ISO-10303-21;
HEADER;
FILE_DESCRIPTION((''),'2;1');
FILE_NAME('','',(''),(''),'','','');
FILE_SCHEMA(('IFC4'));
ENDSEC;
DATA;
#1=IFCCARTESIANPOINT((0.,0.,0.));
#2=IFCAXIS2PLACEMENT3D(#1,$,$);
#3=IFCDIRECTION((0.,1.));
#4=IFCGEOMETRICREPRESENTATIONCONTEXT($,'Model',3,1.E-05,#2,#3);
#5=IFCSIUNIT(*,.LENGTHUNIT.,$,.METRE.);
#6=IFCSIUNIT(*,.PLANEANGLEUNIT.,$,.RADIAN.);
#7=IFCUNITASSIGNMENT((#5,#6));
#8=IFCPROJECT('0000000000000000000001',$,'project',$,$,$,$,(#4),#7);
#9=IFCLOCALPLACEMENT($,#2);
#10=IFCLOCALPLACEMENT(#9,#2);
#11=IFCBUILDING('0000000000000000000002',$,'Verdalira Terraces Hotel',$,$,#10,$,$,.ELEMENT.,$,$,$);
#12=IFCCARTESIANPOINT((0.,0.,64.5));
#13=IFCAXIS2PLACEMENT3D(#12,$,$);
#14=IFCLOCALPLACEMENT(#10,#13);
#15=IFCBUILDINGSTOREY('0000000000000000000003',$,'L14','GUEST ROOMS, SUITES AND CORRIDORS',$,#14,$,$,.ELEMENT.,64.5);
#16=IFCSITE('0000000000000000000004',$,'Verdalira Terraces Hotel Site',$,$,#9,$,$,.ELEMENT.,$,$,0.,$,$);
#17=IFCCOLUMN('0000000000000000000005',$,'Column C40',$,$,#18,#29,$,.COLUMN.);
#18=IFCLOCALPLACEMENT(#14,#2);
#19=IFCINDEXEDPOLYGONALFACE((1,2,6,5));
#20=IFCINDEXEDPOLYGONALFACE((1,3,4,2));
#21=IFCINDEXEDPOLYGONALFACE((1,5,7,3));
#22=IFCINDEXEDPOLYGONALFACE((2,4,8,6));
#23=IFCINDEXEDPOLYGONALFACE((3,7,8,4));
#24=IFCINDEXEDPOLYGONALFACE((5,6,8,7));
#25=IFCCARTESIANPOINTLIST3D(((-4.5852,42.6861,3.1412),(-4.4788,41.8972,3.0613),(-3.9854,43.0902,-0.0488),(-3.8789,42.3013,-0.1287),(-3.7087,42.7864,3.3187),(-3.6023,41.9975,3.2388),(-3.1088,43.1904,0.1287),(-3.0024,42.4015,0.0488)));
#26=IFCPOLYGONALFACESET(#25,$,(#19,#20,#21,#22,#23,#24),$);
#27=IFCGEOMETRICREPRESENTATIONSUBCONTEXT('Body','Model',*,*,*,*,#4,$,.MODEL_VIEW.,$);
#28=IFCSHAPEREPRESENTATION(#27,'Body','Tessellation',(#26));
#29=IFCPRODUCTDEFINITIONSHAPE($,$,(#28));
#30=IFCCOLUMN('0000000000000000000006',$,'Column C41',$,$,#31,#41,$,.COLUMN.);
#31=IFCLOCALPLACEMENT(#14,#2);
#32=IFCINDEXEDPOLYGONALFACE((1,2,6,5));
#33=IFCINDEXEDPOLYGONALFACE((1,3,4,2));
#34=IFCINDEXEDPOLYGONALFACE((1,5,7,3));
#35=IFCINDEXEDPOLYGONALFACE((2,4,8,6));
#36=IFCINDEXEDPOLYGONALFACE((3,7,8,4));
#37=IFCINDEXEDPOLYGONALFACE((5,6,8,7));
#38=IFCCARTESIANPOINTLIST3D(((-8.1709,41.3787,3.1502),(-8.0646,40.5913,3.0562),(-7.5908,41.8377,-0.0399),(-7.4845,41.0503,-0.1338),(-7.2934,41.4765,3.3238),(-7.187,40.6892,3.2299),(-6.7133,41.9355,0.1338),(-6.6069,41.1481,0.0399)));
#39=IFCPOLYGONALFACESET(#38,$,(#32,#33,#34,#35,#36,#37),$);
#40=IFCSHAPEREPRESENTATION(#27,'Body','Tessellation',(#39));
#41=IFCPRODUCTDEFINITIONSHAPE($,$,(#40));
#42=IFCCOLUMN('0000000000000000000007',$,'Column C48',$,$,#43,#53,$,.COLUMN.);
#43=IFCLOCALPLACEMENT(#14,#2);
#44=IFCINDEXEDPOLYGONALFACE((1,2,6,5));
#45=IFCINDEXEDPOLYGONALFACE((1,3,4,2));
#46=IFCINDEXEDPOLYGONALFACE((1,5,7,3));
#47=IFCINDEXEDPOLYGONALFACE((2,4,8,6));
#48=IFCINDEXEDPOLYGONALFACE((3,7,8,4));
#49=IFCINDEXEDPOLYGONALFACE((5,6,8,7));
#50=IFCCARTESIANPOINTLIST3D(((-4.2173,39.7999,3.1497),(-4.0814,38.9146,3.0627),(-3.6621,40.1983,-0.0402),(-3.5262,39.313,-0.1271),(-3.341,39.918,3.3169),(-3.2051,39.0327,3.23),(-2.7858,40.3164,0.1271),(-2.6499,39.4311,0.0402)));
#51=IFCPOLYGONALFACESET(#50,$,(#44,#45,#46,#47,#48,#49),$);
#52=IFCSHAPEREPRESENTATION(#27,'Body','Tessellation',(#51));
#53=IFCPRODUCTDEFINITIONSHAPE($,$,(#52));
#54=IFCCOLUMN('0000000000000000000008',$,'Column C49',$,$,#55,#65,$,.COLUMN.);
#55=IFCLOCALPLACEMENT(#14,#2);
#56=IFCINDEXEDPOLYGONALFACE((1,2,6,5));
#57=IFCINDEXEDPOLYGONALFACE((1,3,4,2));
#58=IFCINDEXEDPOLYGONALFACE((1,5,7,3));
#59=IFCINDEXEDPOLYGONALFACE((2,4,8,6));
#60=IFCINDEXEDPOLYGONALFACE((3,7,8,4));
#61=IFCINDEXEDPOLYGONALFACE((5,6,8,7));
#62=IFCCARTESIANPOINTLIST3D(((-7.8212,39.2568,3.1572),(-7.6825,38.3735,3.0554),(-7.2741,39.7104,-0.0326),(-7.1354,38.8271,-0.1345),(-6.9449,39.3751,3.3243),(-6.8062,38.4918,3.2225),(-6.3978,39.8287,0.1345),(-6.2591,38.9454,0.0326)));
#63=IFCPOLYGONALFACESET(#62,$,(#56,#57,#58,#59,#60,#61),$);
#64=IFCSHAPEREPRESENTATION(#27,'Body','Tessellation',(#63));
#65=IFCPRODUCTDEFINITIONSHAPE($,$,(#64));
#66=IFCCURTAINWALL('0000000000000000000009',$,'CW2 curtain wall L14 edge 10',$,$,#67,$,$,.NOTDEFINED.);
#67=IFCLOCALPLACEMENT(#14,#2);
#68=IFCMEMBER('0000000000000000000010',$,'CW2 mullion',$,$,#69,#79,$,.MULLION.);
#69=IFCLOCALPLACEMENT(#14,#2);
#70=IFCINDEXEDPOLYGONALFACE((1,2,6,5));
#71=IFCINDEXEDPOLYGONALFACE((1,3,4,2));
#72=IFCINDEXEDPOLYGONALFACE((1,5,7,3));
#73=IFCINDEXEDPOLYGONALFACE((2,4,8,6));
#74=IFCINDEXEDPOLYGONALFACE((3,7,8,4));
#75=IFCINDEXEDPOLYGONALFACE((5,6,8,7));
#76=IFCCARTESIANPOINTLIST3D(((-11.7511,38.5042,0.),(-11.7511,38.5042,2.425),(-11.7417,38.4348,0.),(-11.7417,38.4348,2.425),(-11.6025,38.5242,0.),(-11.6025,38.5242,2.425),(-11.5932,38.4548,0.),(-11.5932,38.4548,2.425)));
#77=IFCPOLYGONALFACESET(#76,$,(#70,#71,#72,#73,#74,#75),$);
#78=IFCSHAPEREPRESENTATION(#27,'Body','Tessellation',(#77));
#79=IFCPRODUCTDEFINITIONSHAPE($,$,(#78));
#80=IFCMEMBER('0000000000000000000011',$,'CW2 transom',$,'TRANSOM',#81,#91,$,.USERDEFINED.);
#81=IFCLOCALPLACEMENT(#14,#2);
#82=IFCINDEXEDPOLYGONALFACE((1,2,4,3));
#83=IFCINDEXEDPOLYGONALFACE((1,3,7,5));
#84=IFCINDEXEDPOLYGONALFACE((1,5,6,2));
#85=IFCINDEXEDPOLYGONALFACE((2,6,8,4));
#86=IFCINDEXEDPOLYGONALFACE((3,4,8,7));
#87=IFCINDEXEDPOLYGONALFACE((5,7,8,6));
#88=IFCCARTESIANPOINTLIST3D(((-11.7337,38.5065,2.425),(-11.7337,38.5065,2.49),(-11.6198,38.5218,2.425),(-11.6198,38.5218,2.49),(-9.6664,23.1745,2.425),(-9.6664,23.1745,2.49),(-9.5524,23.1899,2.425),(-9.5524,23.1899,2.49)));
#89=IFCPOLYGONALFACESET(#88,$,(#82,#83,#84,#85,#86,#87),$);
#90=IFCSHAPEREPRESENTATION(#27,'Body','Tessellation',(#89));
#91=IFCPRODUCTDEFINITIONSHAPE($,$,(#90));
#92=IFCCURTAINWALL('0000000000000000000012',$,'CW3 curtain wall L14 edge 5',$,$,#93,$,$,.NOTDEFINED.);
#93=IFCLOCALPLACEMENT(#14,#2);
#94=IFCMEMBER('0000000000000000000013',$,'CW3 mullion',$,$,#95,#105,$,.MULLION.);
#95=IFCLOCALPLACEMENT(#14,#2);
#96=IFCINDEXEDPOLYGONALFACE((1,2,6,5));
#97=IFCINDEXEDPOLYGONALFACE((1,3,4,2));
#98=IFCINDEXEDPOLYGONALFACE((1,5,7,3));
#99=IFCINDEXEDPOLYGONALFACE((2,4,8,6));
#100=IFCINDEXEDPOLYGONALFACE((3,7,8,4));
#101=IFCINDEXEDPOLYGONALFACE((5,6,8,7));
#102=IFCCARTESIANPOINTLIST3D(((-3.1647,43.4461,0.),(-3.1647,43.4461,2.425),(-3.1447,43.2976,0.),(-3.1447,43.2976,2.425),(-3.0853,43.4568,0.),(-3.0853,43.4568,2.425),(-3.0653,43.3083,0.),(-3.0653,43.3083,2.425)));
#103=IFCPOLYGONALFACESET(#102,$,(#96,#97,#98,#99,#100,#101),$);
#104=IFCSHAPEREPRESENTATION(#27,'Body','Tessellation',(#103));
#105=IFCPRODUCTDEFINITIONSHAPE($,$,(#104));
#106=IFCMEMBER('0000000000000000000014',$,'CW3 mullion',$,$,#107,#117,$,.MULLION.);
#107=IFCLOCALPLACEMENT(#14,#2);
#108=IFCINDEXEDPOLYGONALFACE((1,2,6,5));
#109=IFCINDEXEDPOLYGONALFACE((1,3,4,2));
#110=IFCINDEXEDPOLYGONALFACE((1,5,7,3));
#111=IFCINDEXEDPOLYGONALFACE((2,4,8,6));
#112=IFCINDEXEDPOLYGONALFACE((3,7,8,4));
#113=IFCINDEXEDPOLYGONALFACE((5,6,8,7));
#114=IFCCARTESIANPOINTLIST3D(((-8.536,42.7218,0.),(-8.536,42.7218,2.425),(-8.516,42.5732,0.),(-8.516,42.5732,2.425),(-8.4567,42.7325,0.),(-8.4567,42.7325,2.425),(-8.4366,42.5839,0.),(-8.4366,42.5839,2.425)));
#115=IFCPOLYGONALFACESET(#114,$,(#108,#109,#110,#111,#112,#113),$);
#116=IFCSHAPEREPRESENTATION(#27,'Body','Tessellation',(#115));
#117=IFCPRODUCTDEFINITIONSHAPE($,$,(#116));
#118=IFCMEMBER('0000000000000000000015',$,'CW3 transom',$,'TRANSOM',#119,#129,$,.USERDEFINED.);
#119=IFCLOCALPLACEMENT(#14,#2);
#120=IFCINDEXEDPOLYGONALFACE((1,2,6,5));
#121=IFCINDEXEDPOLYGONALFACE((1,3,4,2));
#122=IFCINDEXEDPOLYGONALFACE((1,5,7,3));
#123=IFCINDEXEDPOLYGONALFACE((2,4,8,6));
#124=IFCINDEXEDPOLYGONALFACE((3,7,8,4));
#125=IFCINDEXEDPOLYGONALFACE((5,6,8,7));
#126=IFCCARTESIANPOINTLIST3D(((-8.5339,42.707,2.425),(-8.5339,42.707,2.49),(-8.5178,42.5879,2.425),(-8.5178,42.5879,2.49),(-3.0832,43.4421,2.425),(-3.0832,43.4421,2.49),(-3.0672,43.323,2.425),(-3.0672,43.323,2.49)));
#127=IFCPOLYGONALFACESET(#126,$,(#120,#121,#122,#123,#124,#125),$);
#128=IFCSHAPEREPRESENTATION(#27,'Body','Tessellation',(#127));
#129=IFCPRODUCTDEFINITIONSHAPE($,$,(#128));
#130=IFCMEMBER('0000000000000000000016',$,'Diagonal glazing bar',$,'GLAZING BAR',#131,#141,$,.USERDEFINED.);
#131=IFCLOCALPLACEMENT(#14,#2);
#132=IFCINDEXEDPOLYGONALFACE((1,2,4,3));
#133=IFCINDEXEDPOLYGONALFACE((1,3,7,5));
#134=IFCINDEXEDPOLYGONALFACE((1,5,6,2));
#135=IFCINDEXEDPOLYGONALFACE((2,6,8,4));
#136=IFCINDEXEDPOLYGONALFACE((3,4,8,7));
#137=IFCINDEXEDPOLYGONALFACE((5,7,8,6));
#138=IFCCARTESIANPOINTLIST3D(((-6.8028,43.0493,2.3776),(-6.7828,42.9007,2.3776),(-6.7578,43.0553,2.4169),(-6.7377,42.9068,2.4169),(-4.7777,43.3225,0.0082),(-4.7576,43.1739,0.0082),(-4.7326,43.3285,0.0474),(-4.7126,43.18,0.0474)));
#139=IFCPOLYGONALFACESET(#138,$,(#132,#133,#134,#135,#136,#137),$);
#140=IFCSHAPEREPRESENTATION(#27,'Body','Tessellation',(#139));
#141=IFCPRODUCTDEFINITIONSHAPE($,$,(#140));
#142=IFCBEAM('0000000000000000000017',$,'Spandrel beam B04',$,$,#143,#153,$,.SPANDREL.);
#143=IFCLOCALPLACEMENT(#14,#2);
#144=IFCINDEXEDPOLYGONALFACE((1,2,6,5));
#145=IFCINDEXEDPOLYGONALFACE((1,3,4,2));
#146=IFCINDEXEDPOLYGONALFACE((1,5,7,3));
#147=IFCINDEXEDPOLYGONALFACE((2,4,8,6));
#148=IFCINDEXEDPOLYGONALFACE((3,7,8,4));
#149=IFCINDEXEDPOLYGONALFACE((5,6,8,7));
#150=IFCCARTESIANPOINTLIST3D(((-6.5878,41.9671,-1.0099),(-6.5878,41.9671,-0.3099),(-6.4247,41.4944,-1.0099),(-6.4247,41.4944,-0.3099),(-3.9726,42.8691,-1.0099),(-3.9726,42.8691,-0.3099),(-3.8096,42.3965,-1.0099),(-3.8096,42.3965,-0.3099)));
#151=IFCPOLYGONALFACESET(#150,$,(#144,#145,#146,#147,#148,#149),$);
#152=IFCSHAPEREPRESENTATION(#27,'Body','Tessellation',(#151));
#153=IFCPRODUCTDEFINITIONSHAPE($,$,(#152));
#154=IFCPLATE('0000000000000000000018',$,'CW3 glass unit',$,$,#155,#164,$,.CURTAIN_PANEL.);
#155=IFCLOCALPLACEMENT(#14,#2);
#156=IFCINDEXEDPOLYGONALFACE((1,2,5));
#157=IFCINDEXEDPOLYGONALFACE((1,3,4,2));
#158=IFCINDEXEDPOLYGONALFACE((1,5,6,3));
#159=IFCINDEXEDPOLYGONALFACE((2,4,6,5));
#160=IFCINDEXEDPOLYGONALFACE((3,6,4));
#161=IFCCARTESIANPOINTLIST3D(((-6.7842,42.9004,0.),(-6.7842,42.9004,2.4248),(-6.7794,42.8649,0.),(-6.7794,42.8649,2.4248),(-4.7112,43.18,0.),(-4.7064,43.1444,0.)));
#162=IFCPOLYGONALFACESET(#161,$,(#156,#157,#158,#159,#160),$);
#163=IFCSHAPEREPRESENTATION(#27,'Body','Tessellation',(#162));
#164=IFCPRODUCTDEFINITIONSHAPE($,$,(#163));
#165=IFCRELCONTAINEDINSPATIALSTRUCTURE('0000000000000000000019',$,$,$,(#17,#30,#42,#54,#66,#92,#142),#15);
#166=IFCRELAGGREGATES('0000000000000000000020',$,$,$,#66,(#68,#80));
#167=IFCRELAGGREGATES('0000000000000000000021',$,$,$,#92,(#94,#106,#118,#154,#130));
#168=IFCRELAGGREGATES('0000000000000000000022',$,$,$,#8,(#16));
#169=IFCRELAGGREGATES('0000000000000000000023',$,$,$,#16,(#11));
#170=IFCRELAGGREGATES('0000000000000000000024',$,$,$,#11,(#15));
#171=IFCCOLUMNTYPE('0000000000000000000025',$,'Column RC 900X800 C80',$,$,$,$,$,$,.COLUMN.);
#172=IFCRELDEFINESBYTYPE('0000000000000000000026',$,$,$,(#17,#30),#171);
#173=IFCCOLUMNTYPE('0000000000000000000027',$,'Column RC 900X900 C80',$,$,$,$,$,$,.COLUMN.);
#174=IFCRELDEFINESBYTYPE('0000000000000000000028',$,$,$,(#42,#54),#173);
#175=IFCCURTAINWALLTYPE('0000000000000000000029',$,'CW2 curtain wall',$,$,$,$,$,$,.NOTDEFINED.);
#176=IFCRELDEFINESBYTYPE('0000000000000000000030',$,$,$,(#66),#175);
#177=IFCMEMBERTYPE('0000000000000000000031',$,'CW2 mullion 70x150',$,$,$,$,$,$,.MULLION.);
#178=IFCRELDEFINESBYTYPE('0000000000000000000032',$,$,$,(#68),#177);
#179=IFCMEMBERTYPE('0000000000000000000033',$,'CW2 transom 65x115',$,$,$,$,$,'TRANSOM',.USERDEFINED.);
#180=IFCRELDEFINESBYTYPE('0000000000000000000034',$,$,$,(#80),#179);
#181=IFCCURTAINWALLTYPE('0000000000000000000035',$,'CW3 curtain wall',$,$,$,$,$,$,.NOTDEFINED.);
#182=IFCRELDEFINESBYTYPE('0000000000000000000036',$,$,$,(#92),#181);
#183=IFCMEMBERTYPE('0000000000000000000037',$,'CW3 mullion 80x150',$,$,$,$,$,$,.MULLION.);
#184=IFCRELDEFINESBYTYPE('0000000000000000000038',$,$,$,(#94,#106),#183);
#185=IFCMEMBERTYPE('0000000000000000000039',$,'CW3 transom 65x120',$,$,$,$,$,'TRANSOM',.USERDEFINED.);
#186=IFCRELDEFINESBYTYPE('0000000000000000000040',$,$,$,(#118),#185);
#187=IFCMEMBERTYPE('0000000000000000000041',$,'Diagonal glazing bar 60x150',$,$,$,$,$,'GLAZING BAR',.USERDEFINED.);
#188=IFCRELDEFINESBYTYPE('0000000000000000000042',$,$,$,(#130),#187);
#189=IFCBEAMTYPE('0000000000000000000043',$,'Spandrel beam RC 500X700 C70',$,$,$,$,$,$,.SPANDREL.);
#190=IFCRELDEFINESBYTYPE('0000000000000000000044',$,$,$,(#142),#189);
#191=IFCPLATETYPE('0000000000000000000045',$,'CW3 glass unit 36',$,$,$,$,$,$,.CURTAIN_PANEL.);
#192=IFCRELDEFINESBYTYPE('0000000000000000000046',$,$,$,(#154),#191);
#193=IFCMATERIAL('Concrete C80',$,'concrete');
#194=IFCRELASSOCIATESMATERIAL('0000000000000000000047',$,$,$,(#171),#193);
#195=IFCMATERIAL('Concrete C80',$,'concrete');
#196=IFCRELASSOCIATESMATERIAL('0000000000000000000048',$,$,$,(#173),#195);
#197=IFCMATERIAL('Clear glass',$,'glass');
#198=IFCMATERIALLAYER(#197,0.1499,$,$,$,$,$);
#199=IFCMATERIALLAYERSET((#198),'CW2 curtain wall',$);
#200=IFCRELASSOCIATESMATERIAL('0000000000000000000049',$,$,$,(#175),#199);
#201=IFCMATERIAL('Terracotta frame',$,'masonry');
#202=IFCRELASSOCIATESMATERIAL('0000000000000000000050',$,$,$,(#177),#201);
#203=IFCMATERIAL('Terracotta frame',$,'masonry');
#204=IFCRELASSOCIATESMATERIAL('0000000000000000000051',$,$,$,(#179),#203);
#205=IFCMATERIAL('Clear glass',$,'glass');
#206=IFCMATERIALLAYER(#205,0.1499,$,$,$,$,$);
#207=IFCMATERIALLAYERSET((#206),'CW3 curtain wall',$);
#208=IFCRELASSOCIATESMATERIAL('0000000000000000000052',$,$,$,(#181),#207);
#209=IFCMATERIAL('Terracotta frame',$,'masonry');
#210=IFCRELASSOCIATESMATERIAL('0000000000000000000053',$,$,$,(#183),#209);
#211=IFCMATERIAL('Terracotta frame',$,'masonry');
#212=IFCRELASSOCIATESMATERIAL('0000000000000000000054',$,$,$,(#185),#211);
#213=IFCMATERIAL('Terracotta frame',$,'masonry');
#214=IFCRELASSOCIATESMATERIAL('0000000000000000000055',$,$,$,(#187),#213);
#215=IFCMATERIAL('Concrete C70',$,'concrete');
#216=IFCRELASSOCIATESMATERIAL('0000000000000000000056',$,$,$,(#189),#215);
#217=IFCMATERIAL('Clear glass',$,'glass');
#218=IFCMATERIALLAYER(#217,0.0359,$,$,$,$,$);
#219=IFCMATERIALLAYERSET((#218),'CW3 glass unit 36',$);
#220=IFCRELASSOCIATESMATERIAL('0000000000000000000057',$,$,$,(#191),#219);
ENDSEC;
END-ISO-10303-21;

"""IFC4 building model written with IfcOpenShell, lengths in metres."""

from ifc_helpers import new_model, si_unit, direction, frame, origin, origin_2d, place, context, subcontext, project, spatial, polyline, rectangle, outline, extrude, material, layer, layer_set, material_profile, profile_set, type_object, element, aggregate, save


model = new_model("IFC4")

# Units and contexts
model_context = context("Model", 3, precision=1e-05, world=origin(), true_north=direction((0.0, 1.0)))
body_context = subcontext(model_context, "Body", "Model", "MODEL_VIEW")
ifc_project = project(units=[si_unit("LENGTHUNIT", "METRE"), si_unit("PLANEANGLEUNIT", "RADIAN")], contexts=[model_context])

# Site, building, storey
site_placement = place(None, origin())
site = spatial("IfcSite", under=ifc_project, at=site_placement, Name="Verdalira Terraces Hotel Site", CompositionType="ELEMENT", RefElevation=0.0)
building_placement = place(site_placement, origin())
building = spatial("IfcBuilding", under=site, at=building_placement, Name="Verdalira Terraces Hotel", CompositionType="ELEMENT")
storey_placement = place(building_placement, frame((0.0, 0.0, 64.5)))
storey = spatial("IfcBuildingStorey", under=building, at=storey_placement, Name="L14", Description="GUEST ROOMS, SUITES AND CORRIDORS", CompositionType="ELEMENT", Elevation=64.5)

# Columns
ifc_material_1 = material(Name="Concrete C80", Category="concrete")
ifc_material_profile_1 = material_profile(ifc_material_1, rectangle(XDim=0.8999, YDim=0.8, at=origin_2d()), Name="RC 900X800")
ifc_profile_set_1 = profile_set([ifc_material_profile_1], Name="Concrete C80")
column_type_1 = type_object("IfcColumnType", Name="Column RC 900X800 C80", PredefinedType="COLUMN", material=ifc_profile_set_1)
column_1_placement = place(storey_placement, frame((-3.4939, 42.7458, 0.0), z_axis=(-0.183391, -0.123529, 0.975248), x_axis=(-0.974001, -0.11139, -0.197266)))
element("IfcColumn", 1, at=column_1_placement, inside=storey, type_object=column_type_1, Name="Column C40", PredefinedType="COLUMN", context=body_context, shape_type="SweptSolid", body=[
    extrude(rectangle(XDim=0.8999, YDim=0.8, at=origin_2d()), origin(), (0.0, 0.0, 1.0), 3.271),
])
column_2_placement = place(storey_placement, frame((-7.0989, 41.4929, 0.0), z_axis=(-0.177146, -0.140166, 0.974152), x_axis=(-0.975166, -0.108694, -0.192969)))
element("IfcColumn", 2, at=column_2_placement, inside=storey, type_object=column_type_1, Name="Column C41", PredefinedType="COLUMN", context=body_context, shape_type="SweptSolid", body=[
    extrude(rectangle(XDim=0.8999, YDim=0.8, at=origin_2d()), origin(), (0.0, 0.0, 1.0), 3.2747),
])
ifc_material_2 = material(Name="Concrete C80", Category="concrete")
ifc_material_profile_2 = material_profile(ifc_material_2, rectangle(XDim=0.8999, YDim=0.8999, at=origin_2d()), Name="RC 900X900")
ifc_profile_set_2 = profile_set([ifc_material_profile_2], Name="Concrete C80")
column_type_2 = type_object("IfcColumnType", Name="Column RC 900X900 C80", PredefinedType="COLUMN", material=ifc_profile_set_2)
column_3_placement = place(storey_placement, frame((-3.156, 39.8147, 0.0), z_axis=(-0.170178, -0.122133, 0.977815), x_axis=(-0.151004, 0.983802, 0.0966)))
element("IfcColumn", 3, at=column_3_placement, inside=storey, type_object=column_type_2, Name="Column C48", PredefinedType="COLUMN", context=body_context, shape_type="SweptSolid", body=[
    extrude(rectangle(XDim=0.8999, YDim=0.8999, at=origin_2d()), origin(), (0.0, 0.0, 1.0), 3.2622),
])
column_4_placement = place(storey_placement, frame((-6.7666, 39.3279, 0.0), z_axis=(-0.167409, -0.138798, 0.976068), x_axis=(-0.154103, 0.981555, 0.113147)))
element("IfcColumn", 4, at=column_4_placement, inside=storey, type_object=column_type_2, Name="Column C49", PredefinedType="COLUMN", context=body_context, shape_type="SweptSolid", body=[
    extrude(rectangle(XDim=0.8999, YDim=0.8999, at=origin_2d()), origin(), (0.0, 0.0, 1.0), 3.2681),
])

# Curtain walls, members
ifc_material_3 = material(Name="Clear glass", Category="glass")
ifc_layer_1 = layer(ifc_material_3, 0.1499)
ifc_layer_set_1 = layer_set([ifc_layer_1], Name="CW2 curtain wall")
curtain_wall_type_1 = type_object("IfcCurtainWallType", Name="CW2 curtain wall", PredefinedType="NOTDEFINED", material=ifc_layer_set_1)
curtain_wall_1_placement = place(storey_placement, origin())
curtain_wall_1 = element("IfcCurtainWall", 5, at=curtain_wall_1_placement, inside=storey, type_object=curtain_wall_type_1, Name="CW2 curtain wall L14 edge 10", PredefinedType="NOTDEFINED")
ifc_material_4 = material(Name="Terracotta frame", Category="masonry")
ifc_material_profile_3 = material_profile(ifc_material_4, rectangle(XDim=0.0701, YDim=0.1499, at=origin_2d()), Name="MU 70x150")
ifc_profile_set_3 = profile_set([ifc_material_profile_3], Name="Terracotta frame")
member_type_1 = type_object("IfcMemberType", Name="CW2 mullion 70x150", PredefinedType="MULLION", material=ifc_profile_set_3)
member_1_placement = place(storey_placement, frame((-11.6721, 38.4795, 0.0), z_axis=(0.0, 0.0, 1.0), x_axis=(0.13364, -0.99103, 0.0)))
member_1 = element("IfcMember", 6, at=member_1_placement, type_object=member_type_1, Name="CW2 mullion", PredefinedType="MULLION", context=body_context, shape_type="SweptSolid", body=[
    extrude(rectangle(XDim=0.0701, YDim=0.1499, at=origin_2d()), origin(), (0.0, 0.0, 1.0), 2.425),
])
ifc_material_5 = material(Name="Terracotta frame", Category="masonry")
ifc_material_profile_4 = material_profile(ifc_material_5, rectangle(XDim=0.115, YDim=0.0649, at=origin_2d()), Name="TR 65x115")
ifc_profile_set_4 = profile_set([ifc_material_profile_4], Name="Terracotta frame")
member_type_2 = type_object("IfcMemberType", Name="CW2 transom 65x115", ElementType="TRANSOM", PredefinedType="USERDEFINED", material=ifc_profile_set_4)
member_2_placement = place(storey_placement, frame((-11.6768, 38.5142, 2.4575), z_axis=(0.133631, -0.991031, 0.0), x_axis=(0.991031, 0.133631, 0.0)))
member_2 = element("IfcMember", 7, at=member_2_placement, type_object=member_type_2, Name="CW2 transom", ObjectType="TRANSOM", PredefinedType="USERDEFINED", context=body_context, shape_type="SweptSolid", body=[
    extrude(rectangle(XDim=0.115, YDim=0.0649, at=origin_2d()), origin(), (0.0, 0.0, 1.0), 15.4707),
])
aggregate(curtain_wall_1, [member_1, member_2])
ifc_material_6 = material(Name="Clear glass", Category="glass")
ifc_layer_2 = layer(ifc_material_6, 0.1499)
ifc_layer_set_2 = layer_set([ifc_layer_2], Name="CW3 curtain wall")
curtain_wall_type_2 = type_object("IfcCurtainWallType", Name="CW3 curtain wall", PredefinedType="NOTDEFINED", material=ifc_layer_set_2)
curtain_wall_2_placement = place(storey_placement, origin())
curtain_wall_2 = element("IfcCurtainWall", 8, at=curtain_wall_2_placement, inside=storey, type_object=curtain_wall_type_2, Name="CW3 curtain wall L14 edge 5", PredefinedType="NOTDEFINED")
ifc_material_7 = material(Name="Terracotta frame", Category="masonry")
ifc_material_profile_5 = material_profile(ifc_material_7, rectangle(XDim=0.0801, YDim=0.1499, at=origin_2d()), Name="MU 80x150")
ifc_profile_set_5 = profile_set([ifc_material_profile_5], Name="Terracotta frame")
member_type_3 = type_object("IfcMemberType", Name="CW3 mullion 80x150", PredefinedType="MULLION", material=ifc_profile_set_5)
member_3_placement = place(storey_placement, frame((-3.115, 43.3772, 0.0), z_axis=(0.0, 0.0, 1.0), x_axis=(-0.99103, -0.13364, 0.0)))
member_3 = element("IfcMember", 9, at=member_3_placement, type_object=member_type_3, Name="CW3 mullion", PredefinedType="MULLION", context=body_context, shape_type="SweptSolid", body=[
    extrude(rectangle(XDim=0.0801, YDim=0.1499, at=origin_2d()), origin(), (0.0, 0.0, 1.0), 2.425),
])
member_4_placement = place(storey_placement, frame((-8.4863, 42.6528, 0.0), z_axis=(0.0, 0.0, 1.0), x_axis=(-0.99103, -0.13364, 0.0)))
member_4 = element("IfcMember", 10, at=member_4_placement, type_object=member_type_3, Name="CW3 mullion", PredefinedType="MULLION", context=body_context, shape_type="SweptSolid", body=[
    extrude(rectangle(XDim=0.0801, YDim=0.1499, at=origin_2d()), origin(), (0.0, 0.0, 1.0), 2.425),
])
ifc_material_8 = material(Name="Terracotta frame", Category="masonry")
ifc_material_profile_6 = material_profile(ifc_material_8, rectangle(XDim=0.1201, YDim=0.0649, at=origin_2d()), Name="TR 65x120")
ifc_profile_set_6 = profile_set([ifc_material_profile_6], Name="Terracotta frame")
member_type_4 = type_object("IfcMemberType", Name="CW3 transom 65x120", ElementType="TRANSOM", PredefinedType="USERDEFINED", material=ifc_profile_set_6)
member_5_placement = place(storey_placement, frame((-3.0752, 43.3826, 2.4575), z_axis=(-0.991028, -0.133655, 0.0), x_axis=(0.133655, -0.991028, 0.0)))
member_5 = element("IfcMember", 11, at=member_5_placement, type_object=member_type_4, Name="CW3 transom", ObjectType="TRANSOM", PredefinedType="USERDEFINED", context=body_context, shape_type="SweptSolid", body=[
    extrude(rectangle(XDim=0.1201, YDim=0.0649, at=origin_2d()), origin(), (0.0, 0.0, 1.0), 5.5),
])
ifc_material_9 = material(Name="Terracotta frame", Category="masonry")
ifc_material_profile_7 = material_profile(ifc_material_9, rectangle(XDim=0.1499, YDim=0.0601, at=origin_2d()), Name="GB 60x150")
ifc_profile_set_7 = profile_set([ifc_material_profile_7], Name="Terracotta frame")
member_type_5 = type_object("IfcMemberType", Name="Diagonal glazing bar 60x150", ElementType="GLAZING BAR", PredefinedType="USERDEFINED", material=ifc_profile_set_7)
member_6_placement = place(storey_placement, frame((-4.7451, 43.2512, 0.0278), z_axis=(-0.647245, -0.087314, 0.757265), x_axis=(0.13369, -0.991023, 0.0)))
member_6 = element("IfcMember", 12, at=member_6_placement, type_object=member_type_5, Name="Diagonal glazing bar", ObjectType="GLAZING BAR", PredefinedType="USERDEFINED", context=body_context, shape_type="SweptSolid", body=[
    extrude(rectangle(XDim=0.1499, YDim=0.0601, at=origin_2d()), origin(), (0.0, 0.0, 1.0), 3.1289),
])

# Beam
ifc_material_10 = material(Name="Concrete C70", Category="concrete")
ifc_material_profile_8 = material_profile(ifc_material_10, rectangle(XDim=0.5, YDim=0.7, at=origin_2d()), Name="RC 500X700")
ifc_profile_set_8 = profile_set([ifc_material_profile_8], Name="Concrete C70")
beam_type = type_object("IfcBeamType", Name="Spandrel beam RC 500X700 C70", PredefinedType="SPANDREL", material=ifc_profile_set_8)
beam_placement = place(storey_placement, frame((-3.8911, 42.6328, -0.6599), z_axis=(-0.94534, -0.326086, 0.0), x_axis=(0.326086, -0.94534, 0.0)))
element("IfcBeam", 13, at=beam_placement, inside=storey, type_object=beam_type, Name="Spandrel beam B04", PredefinedType="SPANDREL", context=body_context, shape_type="SweptSolid", body=[
    extrude(rectangle(XDim=0.5, YDim=0.7, at=origin_2d()), origin(), (0.0, 0.0, 1.0), 2.7664),
])

# Plate
ifc_material_11 = material(Name="Clear glass", Category="glass")
ifc_layer_3 = layer(ifc_material_11, 0.0359)
ifc_layer_set_3 = layer_set([ifc_layer_3], Name="CW3 glass unit 36")
plate_type = type_object("IfcPlateType", Name="CW3 glass unit 36", PredefinedType="CURTAIN_PANEL", material=ifc_layer_set_3)
plate_1_placement = place(storey_placement, frame((-5.7429, 43.0046, 1.2124), z_axis=(-0.13364, 0.99103, 0.0), x_axis=(-0.99103, -0.13364, 0.0)))
plate_1 = element("IfcPlate", 14, at=plate_1_placement, type_object=plate_type, Name="CW3 glass unit", PredefinedType="CURTAIN_PANEL", context=body_context, shape_type="SweptSolid", body=[
    extrude(outline(polyline([(-1.0459, -1.2124), (1.0459, -1.2124), (1.0459, 1.2124), (-1.0459, -1.2124)])), origin(), (0.0, 0.0, 1.0), 0.0359),
])
aggregate(curtain_wall_2, [member_3, member_4, member_5, plate_1, member_6])

save(model, "model.ifc")
